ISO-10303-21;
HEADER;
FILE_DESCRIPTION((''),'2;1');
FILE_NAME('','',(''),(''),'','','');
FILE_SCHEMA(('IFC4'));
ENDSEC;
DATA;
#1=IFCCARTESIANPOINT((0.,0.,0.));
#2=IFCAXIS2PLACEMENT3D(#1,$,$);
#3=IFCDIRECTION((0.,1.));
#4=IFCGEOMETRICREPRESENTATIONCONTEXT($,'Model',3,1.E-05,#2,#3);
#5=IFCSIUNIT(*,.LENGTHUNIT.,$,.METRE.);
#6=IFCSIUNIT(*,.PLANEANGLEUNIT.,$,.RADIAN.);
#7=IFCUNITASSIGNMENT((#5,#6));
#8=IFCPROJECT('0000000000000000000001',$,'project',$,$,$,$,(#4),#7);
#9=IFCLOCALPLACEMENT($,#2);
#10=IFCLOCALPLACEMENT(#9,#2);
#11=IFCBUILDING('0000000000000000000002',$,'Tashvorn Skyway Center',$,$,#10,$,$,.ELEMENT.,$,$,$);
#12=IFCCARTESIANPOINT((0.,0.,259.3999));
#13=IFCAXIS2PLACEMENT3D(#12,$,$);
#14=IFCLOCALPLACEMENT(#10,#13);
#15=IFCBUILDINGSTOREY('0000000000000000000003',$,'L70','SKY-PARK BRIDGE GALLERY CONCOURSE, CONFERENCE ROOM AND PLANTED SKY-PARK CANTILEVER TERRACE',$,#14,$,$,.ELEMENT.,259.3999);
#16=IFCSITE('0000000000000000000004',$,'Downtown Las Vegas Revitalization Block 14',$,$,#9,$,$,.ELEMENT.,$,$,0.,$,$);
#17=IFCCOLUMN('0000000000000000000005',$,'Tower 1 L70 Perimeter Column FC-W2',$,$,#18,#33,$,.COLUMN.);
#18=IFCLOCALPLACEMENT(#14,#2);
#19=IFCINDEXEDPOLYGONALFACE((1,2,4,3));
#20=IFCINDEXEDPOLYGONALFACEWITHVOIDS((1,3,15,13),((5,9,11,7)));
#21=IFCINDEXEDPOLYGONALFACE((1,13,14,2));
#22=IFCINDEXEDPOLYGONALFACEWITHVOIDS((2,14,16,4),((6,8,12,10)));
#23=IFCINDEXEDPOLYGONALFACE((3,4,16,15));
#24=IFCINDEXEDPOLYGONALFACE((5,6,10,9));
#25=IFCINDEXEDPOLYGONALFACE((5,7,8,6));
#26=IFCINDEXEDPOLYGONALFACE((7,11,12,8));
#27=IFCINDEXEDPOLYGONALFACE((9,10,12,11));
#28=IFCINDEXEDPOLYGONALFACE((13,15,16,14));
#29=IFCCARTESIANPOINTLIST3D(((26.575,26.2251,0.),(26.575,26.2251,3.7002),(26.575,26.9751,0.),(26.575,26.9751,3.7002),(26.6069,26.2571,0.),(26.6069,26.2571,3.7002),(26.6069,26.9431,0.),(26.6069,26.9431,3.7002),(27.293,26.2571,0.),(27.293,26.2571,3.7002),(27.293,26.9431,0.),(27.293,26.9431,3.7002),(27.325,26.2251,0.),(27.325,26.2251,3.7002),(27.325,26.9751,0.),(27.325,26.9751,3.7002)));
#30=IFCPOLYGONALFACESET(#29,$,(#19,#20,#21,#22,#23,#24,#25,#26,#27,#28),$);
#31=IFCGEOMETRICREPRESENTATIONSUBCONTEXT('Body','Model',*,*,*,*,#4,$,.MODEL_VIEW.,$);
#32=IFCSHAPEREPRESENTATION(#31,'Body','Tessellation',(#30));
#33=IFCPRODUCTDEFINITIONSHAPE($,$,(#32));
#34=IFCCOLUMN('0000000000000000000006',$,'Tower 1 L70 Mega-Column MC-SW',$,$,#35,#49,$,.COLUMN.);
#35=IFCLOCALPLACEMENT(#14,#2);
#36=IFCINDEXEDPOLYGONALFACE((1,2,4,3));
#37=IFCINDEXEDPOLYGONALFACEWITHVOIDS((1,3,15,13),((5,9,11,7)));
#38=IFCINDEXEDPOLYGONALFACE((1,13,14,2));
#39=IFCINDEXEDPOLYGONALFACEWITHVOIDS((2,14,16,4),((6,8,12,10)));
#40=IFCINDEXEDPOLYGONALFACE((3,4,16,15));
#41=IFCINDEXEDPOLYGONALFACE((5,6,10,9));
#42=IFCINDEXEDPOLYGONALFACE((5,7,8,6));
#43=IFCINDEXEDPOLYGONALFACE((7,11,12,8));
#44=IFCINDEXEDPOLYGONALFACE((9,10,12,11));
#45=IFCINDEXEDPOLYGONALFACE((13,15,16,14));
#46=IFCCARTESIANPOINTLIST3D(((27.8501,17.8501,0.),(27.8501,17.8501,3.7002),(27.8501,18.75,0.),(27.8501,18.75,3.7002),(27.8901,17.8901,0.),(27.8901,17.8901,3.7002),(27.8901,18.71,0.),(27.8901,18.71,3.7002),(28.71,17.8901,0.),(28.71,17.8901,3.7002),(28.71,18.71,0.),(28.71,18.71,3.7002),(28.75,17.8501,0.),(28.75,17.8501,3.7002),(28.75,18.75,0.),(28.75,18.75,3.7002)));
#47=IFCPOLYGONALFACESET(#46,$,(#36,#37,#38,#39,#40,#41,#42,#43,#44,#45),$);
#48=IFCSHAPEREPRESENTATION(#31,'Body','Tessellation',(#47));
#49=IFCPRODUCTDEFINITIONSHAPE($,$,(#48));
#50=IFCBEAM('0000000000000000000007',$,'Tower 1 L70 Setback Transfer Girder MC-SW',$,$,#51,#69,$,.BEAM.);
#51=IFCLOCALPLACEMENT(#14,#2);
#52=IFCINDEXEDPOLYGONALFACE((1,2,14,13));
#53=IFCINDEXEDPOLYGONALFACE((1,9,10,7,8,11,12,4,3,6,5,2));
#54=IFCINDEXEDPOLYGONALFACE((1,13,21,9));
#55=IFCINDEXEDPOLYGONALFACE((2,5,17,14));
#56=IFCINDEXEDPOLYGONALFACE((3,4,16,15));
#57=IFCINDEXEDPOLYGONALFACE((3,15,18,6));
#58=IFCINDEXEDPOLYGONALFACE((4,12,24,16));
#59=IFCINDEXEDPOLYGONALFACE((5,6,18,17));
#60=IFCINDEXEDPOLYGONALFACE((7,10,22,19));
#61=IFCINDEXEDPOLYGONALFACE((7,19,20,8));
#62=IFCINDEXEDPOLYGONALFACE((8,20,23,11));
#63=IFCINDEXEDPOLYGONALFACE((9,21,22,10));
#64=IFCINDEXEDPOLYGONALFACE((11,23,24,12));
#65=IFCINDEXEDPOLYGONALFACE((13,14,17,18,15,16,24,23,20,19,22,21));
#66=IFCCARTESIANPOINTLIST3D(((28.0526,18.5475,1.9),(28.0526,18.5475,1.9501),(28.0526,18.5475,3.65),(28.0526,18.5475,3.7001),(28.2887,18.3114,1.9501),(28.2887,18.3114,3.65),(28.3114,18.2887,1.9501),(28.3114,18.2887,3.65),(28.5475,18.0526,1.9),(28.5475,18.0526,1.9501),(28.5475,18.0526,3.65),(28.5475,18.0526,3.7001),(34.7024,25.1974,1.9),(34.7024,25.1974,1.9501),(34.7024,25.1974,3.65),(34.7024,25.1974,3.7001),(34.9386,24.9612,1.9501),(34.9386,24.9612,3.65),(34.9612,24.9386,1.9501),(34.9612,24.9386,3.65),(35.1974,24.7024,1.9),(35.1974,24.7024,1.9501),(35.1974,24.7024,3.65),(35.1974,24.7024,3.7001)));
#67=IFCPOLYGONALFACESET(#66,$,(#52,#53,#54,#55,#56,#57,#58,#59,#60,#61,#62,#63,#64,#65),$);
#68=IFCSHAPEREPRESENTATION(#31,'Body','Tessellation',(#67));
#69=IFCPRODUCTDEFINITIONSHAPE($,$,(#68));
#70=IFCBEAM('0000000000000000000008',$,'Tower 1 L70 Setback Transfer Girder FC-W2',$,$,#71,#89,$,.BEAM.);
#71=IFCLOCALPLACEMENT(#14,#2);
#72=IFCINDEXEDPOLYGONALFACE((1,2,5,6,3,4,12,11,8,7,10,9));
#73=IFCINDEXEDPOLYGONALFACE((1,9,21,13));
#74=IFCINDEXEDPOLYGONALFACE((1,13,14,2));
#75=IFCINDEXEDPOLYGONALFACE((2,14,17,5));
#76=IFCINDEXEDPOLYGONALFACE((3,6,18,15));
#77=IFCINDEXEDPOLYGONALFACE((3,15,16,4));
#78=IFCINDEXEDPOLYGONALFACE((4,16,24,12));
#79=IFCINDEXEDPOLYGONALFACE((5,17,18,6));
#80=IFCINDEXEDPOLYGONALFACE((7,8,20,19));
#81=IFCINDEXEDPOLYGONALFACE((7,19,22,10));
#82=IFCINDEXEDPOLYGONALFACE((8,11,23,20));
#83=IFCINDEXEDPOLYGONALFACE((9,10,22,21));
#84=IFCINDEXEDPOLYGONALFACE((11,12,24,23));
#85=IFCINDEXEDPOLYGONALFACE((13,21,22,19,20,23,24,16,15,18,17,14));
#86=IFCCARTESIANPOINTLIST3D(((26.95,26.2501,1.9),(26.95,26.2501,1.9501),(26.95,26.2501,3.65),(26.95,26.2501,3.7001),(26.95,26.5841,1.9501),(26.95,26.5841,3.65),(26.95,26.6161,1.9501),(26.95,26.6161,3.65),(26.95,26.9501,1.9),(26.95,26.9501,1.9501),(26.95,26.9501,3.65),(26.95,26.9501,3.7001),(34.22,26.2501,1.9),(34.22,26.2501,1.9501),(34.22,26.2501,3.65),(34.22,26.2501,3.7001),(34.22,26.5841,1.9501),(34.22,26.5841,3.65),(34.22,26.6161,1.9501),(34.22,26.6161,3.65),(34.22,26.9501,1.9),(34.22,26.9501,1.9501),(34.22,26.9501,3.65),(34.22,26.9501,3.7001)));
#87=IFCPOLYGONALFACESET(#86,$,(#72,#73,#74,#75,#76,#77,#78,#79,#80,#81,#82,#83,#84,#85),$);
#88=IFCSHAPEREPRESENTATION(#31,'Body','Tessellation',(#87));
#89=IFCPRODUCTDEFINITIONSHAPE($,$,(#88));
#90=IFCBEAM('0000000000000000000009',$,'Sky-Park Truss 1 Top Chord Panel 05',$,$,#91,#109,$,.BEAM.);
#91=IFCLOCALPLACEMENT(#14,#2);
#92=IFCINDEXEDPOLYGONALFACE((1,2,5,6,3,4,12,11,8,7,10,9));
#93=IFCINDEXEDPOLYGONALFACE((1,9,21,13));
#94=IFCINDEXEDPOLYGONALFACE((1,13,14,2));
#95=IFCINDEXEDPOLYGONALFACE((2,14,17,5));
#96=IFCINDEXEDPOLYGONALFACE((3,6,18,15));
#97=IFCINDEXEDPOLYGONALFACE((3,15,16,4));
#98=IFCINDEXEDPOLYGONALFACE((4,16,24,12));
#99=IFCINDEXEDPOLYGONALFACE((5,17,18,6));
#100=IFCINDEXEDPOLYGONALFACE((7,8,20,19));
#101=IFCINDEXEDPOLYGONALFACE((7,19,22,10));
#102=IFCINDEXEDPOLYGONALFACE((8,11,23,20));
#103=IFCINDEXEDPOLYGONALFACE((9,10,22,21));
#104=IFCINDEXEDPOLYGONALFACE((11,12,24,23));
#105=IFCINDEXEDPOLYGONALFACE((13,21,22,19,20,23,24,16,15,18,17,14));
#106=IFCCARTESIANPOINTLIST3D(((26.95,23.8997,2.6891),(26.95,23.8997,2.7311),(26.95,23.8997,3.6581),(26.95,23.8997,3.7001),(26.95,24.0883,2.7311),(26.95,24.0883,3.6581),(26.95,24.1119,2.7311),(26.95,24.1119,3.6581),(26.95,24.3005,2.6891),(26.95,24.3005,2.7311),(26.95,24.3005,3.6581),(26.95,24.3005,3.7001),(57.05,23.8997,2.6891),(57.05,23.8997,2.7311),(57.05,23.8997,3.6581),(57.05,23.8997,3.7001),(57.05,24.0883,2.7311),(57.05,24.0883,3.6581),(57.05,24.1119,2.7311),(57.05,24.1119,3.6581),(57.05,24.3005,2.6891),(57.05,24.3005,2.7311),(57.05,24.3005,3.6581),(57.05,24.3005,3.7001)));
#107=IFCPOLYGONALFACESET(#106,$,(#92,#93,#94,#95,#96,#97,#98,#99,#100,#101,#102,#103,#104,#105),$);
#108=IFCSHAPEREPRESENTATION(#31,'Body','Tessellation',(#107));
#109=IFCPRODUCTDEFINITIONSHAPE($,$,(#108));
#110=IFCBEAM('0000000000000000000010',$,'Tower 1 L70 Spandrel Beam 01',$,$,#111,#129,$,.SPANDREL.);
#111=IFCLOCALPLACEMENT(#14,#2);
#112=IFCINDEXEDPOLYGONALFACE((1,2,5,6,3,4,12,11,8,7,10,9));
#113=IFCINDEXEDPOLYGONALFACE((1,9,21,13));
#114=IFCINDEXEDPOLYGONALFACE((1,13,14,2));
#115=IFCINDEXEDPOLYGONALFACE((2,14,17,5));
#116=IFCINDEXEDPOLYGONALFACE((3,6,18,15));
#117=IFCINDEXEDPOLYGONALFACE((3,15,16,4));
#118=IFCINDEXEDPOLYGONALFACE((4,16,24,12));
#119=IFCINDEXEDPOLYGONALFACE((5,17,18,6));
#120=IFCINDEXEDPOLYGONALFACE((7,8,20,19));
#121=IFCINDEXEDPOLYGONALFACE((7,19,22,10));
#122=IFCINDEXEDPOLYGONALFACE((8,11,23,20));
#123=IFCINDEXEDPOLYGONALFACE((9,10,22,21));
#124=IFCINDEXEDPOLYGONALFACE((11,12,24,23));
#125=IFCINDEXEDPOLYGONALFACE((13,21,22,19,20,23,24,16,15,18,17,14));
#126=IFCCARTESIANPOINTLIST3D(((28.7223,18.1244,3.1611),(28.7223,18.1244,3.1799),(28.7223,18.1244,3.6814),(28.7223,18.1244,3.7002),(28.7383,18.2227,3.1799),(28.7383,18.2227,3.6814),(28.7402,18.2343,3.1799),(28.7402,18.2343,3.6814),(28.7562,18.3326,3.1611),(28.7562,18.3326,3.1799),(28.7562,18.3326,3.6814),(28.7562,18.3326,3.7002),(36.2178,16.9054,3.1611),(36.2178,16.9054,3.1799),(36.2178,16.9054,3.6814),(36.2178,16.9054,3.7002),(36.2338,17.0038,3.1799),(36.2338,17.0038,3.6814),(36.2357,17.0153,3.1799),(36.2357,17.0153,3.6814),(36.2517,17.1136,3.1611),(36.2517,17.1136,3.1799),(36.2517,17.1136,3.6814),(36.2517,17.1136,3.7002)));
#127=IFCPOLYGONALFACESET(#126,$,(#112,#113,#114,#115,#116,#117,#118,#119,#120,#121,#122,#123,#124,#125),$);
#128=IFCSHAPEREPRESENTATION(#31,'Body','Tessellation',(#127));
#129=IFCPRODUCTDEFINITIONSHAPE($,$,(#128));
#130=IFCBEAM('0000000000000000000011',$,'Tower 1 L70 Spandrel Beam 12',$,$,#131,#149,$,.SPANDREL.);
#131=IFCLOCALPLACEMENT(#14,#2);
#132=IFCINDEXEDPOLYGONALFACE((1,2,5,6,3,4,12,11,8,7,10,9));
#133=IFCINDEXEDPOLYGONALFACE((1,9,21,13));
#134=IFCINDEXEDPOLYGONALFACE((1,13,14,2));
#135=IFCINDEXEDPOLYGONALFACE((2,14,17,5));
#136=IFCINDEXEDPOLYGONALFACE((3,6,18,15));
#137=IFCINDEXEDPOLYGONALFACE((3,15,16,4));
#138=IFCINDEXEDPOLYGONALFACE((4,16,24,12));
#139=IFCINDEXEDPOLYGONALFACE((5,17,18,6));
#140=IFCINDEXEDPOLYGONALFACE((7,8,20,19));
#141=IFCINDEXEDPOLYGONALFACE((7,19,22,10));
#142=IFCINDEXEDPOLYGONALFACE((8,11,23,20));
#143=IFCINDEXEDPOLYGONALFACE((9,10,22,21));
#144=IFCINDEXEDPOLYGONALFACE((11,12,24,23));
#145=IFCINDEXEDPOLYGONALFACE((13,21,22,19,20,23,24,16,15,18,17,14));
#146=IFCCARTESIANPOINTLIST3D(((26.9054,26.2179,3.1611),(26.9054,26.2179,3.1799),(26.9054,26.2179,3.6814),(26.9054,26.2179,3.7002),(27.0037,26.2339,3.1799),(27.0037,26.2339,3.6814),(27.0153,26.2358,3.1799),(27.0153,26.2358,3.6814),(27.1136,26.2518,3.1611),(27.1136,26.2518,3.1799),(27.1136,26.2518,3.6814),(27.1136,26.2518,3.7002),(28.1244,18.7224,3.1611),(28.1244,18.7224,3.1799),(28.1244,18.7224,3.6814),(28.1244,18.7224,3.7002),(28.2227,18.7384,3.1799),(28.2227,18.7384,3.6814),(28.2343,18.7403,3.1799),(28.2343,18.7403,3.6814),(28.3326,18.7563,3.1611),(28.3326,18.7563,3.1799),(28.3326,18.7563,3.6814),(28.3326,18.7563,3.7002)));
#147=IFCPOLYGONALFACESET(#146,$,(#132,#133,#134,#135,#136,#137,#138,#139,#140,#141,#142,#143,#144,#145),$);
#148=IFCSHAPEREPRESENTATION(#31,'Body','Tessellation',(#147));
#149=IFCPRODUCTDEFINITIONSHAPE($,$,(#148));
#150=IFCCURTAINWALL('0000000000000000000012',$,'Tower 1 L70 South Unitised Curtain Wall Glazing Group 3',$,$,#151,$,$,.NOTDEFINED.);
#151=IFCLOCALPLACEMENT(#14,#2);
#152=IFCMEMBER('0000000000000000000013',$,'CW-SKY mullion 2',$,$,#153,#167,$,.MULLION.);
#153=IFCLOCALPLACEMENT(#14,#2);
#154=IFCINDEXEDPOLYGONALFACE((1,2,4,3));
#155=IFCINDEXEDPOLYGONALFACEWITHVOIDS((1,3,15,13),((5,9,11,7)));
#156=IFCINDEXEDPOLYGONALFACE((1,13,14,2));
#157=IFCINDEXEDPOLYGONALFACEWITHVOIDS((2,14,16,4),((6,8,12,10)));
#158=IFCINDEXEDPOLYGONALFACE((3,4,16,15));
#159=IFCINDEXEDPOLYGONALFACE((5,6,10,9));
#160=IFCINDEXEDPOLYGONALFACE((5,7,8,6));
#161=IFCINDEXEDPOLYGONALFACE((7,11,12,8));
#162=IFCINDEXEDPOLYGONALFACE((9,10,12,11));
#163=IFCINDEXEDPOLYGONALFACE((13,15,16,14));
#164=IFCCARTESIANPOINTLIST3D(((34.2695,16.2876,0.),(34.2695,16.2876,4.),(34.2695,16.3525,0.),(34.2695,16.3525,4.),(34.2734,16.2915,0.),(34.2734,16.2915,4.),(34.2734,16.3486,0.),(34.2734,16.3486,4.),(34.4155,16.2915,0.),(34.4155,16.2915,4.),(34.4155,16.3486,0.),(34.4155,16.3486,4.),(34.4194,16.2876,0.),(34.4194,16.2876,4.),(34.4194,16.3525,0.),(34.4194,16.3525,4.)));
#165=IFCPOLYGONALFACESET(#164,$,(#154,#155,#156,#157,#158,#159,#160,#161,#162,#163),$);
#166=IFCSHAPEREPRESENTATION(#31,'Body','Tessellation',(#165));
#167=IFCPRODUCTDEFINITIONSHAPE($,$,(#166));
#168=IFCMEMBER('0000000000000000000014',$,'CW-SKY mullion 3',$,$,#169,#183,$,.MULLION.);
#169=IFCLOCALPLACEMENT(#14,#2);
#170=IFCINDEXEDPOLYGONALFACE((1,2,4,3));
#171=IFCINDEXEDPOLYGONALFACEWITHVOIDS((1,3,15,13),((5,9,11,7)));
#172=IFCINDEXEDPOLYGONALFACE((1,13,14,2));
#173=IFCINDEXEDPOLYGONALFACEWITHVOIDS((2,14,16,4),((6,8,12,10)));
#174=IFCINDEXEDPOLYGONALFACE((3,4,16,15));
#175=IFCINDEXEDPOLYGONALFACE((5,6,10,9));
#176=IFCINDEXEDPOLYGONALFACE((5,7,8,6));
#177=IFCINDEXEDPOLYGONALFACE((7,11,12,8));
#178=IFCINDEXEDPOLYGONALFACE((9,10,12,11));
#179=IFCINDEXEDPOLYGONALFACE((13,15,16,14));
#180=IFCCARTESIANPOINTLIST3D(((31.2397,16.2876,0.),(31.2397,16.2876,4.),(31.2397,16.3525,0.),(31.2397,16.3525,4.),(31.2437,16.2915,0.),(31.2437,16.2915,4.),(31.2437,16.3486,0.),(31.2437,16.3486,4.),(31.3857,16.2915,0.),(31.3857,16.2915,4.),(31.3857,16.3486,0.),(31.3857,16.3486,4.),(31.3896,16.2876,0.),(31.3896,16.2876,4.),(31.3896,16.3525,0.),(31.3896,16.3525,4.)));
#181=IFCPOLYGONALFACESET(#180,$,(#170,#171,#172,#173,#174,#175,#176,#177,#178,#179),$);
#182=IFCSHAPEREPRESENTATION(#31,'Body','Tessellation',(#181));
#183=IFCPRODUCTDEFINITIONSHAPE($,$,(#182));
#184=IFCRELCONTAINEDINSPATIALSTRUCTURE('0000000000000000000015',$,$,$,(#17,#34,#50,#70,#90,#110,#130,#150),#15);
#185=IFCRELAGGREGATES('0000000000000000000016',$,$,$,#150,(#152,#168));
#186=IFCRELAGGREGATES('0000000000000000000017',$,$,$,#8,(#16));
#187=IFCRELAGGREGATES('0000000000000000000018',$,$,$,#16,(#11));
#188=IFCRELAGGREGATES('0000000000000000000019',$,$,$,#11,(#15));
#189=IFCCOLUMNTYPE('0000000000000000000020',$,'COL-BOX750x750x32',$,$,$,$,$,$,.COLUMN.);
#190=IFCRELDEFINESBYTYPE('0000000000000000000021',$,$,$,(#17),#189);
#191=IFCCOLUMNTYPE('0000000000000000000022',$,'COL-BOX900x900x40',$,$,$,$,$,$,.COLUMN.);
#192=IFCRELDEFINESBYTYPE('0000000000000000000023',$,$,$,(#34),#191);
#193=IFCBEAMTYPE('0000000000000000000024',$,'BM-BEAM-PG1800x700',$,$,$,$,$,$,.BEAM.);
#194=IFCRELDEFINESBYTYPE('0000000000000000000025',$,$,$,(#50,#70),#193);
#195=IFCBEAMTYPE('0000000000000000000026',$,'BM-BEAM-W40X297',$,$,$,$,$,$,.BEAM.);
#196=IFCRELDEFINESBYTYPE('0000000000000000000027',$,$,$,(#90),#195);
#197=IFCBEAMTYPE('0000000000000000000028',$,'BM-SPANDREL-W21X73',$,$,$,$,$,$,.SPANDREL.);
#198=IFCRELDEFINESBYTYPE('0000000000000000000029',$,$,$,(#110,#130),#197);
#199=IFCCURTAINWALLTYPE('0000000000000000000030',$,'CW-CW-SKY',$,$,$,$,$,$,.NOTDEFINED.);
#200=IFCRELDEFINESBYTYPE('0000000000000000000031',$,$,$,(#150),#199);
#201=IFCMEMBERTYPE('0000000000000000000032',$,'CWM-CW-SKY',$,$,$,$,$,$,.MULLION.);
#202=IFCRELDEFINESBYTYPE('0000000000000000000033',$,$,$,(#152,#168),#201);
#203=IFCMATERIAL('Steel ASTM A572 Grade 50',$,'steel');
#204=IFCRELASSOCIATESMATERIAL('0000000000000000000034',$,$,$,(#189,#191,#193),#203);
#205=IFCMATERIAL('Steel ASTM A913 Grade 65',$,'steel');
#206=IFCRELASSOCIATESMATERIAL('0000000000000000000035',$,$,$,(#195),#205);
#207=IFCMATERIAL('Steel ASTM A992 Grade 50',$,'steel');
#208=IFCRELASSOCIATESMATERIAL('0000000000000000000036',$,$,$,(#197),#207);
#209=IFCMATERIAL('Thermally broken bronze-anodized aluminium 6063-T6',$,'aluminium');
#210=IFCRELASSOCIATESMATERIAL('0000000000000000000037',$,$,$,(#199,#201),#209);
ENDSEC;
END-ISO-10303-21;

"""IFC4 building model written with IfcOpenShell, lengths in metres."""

from ifc_helpers import new_model, si_unit, direction, frame, origin, origin_2d, place, context, subcontext, project, spatial, hollow_rectangle, i_section, extrude, material, material_profile, profile_set, type_object, element, aggregate, save


model = new_model("IFC4")

# Units and contexts
model_context = context("Model", 3, precision=1e-05, world=origin(), true_north=direction((0.0, 1.0)))
body_context = subcontext(model_context, "Body", "Model", "MODEL_VIEW")
ifc_project = project(units=[si_unit("LENGTHUNIT", "METRE"), si_unit("PLANEANGLEUNIT", "RADIAN")], contexts=[model_context])

# Site, building, storey
site_placement = place(None, origin())
site = spatial("IfcSite", under=ifc_project, at=site_placement, Name="Downtown Las Vegas Revitalization Block 14", CompositionType="ELEMENT", RefElevation=0.0)
building_placement = place(site_placement, origin())
building = spatial("IfcBuilding", under=site, at=building_placement, Name="Tashvorn Skyway Center", CompositionType="ELEMENT")
storey_placement = place(building_placement, frame((0.0, 0.0, 259.3999)))
storey = spatial("IfcBuildingStorey", under=building, at=storey_placement, Name="L70", Description="SKY-PARK BRIDGE GALLERY CONCOURSE, CONFERENCE ROOM AND PLANTED SKY-PARK CANTILEVER TERRACE", CompositionType="ELEMENT", Elevation=259.3999)

# Columns
ifc_material_1 = material(Name="Steel ASTM A572 Grade 50", Category="steel")
ifc_material_profile_1 = material_profile(ifc_material_1, hollow_rectangle(XDim=0.75, YDim=0.75, WallThickness=0.032, at=origin_2d()), Name="BOX750x750x32")
ifc_profile_set_1 = profile_set([ifc_material_profile_1], Name="Steel ASTM A572 Grade 50")
column_type_1 = type_object("IfcColumnType", Name="COL-BOX750x750x32", PredefinedType="COLUMN", material=ifc_profile_set_1)
column_1_placement = place(storey_placement, frame((26.95, 26.6001, 0.0), z_axis=(0.0, 0.0, 1.0), x_axis=(1.0, 0.0, 0.0)))
element("IfcColumn", 1, at=column_1_placement, inside=storey, type_object=column_type_1, Name="Tower 1 L70 Perimeter Column FC-W2", PredefinedType="COLUMN", context=body_context, shape_type="SweptSolid", body=[
    extrude(hollow_rectangle(XDim=0.75, YDim=0.75, WallThickness=0.032, at=origin_2d()), origin(), (0.0, 0.0, 1.0), 3.7002),
])
ifc_material_profile_2 = material_profile(ifc_material_1, hollow_rectangle(XDim=0.8999, YDim=0.8999, WallThickness=0.04, at=origin_2d()), Name="BOX900x900x40")
ifc_profile_set_2 = profile_set([ifc_material_profile_2], Name="Steel ASTM A572 Grade 50")
column_type_2 = type_object("IfcColumnType", Name="COL-BOX900x900x40", PredefinedType="COLUMN", material=ifc_profile_set_2)
column_2_placement = place(storey_placement, frame((28.3, 18.3, 0.0), z_axis=(0.0, 0.0, 1.0), x_axis=(1.0, 0.0, 0.0)))
element("IfcColumn", 2, at=column_2_placement, inside=storey, type_object=column_type_2, Name="Tower 1 L70 Mega-Column MC-SW", PredefinedType="COLUMN", context=body_context, shape_type="SweptSolid", body=[
    extrude(hollow_rectangle(XDim=0.8999, YDim=0.8999, WallThickness=0.04, at=origin_2d()), origin(), (0.0, 0.0, 1.0), 3.7002),
])

# Beams
ifc_material_profile_3 = material_profile(ifc_material_1, i_section(OverallWidth=0.7, OverallDepth=1.8, WebThickness=0.032, FlangeThickness=0.05, at=origin_2d()), Name="PG1800x700")
ifc_profile_set_3 = profile_set([ifc_material_profile_3], Name="Steel ASTM A572 Grade 50")
beam_type_1 = type_object("IfcBeamType", Name="BM-BEAM-PG1800x700", PredefinedType="BEAM", material=ifc_profile_set_3)
beam_1_placement = place(storey_placement, frame((28.3, 18.3, 2.8), z_axis=(0.707107, 0.707107, 0.0), x_axis=(-0.707107, 0.707107, 0.0)))
element("IfcBeam", 3, at=beam_1_placement, inside=storey, type_object=beam_type_1, Name="Tower 1 L70 Setback Transfer Girder MC-SW", PredefinedType="BEAM", context=body_context, shape_type="SweptSolid", body=[
    extrude(i_section(OverallWidth=0.7, OverallDepth=1.8, WebThickness=0.032, FlangeThickness=0.05, at=origin_2d()), origin(), (0.0, 0.0, 1.0), 9.4043),
])
beam_2_placement = place(storey_placement, frame((26.95, 26.6001, 2.8), z_axis=(1.0, 0.0, 0.0), x_axis=(0.0, 1.0, 0.0)))
element("IfcBeam", 4, at=beam_2_placement, inside=storey, type_object=beam_type_1, Name="Tower 1 L70 Setback Transfer Girder FC-W2", PredefinedType="BEAM", context=body_context, shape_type="SweptSolid", body=[
    extrude(i_section(OverallWidth=0.7, OverallDepth=1.8, WebThickness=0.032, FlangeThickness=0.05, at=origin_2d()), origin(), (0.0, 0.0, 1.0), 7.27),
])
ifc_material_2 = material(Name="Steel ASTM A913 Grade 65", Category="steel")
ifc_material_profile_4 = material_profile(ifc_material_2, i_section(OverallWidth=0.4009, OverallDepth=1.011, WebThickness=0.0237, FlangeThickness=0.042, at=origin_2d()), Name="W40X297")
ifc_profile_set_4 = profile_set([ifc_material_profile_4], Name="Steel ASTM A913 Grade 65")
beam_type_2 = type_object("IfcBeamType", Name="BM-BEAM-W40X297", PredefinedType="BEAM", material=ifc_profile_set_4)
beam_3_placement = place(storey_placement, frame((26.95, 24.1001, 3.1946), z_axis=(1.0, 0.0, 0.0), x_axis=(0.0, 1.0, 0.0)))
element("IfcBeam", 5, at=beam_3_placement, inside=storey, type_object=beam_type_2, Name="Sky-Park Truss 1 Top Chord Panel 05", PredefinedType="BEAM", context=body_context, shape_type="SweptSolid", body=[
    extrude(i_section(OverallWidth=0.4009, OverallDepth=1.011, WebThickness=0.0237, FlangeThickness=0.042, at=origin_2d()), origin(), (0.0, 0.0, 1.0), 30.1001),
])
ifc_material_3 = material(Name="Steel ASTM A992 Grade 50", Category="steel")
ifc_material_profile_5 = material_profile(ifc_material_3, i_section(OverallWidth=0.2109, OverallDepth=0.5391, WebThickness=0.0117, FlangeThickness=0.0188, at=origin_2d()), Name="W21X73")
ifc_profile_set_5 = profile_set([ifc_material_profile_5], Name="Steel ASTM A992 Grade 50")
beam_type_3 = type_object("IfcBeamType", Name="BM-SPANDREL-W21X73", PredefinedType="SPANDREL", material=ifc_profile_set_5)
for number, where, z_axis, x_axis, name in (
    (6, (28.7393, 18.2285, 3.4307), (0.987033, -0.160519, 0.0), (0.160519, 0.987033, 0.0), "Tower 1 L70 Spandrel Beam 01"),
    (7, (27.0095, 26.2349, 3.4307), (0.160519, -0.987033, 0.0), (0.987033, 0.160519, 0.0), "Tower 1 L70 Spandrel Beam 12"),
):
    element("IfcBeam", number, at=place(storey_placement, frame(where, z_axis=z_axis, x_axis=x_axis)), inside=storey, type_object=beam_type_3, Name=name, PredefinedType="SPANDREL", context=body_context, shape_type="SweptSolid", body=[
        extrude(i_section(OverallWidth=0.2109, OverallDepth=0.5391, WebThickness=0.0117, FlangeThickness=0.0188, at=origin_2d()), origin(), (0.0, 0.0, 1.0), 7.594),
    ])

# Curtain wall, members
ifc_material_4 = material(Name="Thermally broken bronze-anodized aluminium 6063-T6", Category="aluminium")
curtain_wall_type = type_object("IfcCurtainWallType", Name="CW-CW-SKY", PredefinedType="NOTDEFINED", material=ifc_material_4)
curtain_wall_1_placement = place(storey_placement, origin())
curtain_wall_1 = element("IfcCurtainWall", 8, at=curtain_wall_1_placement, inside=storey, type_object=curtain_wall_type, Name="Tower 1 L70 South Unitised Curtain Wall Glazing Group 3", PredefinedType="NOTDEFINED")
ifc_material_profile_6 = material_profile(ifc_material_4, hollow_rectangle(XDim=0.0649, YDim=0.1499, WallThickness=0.0039, at=origin_2d()), Name="ALU-MULL-65x150")
ifc_profile_set_6 = profile_set([ifc_material_profile_6], Name="Thermally broken bronze-anodized aluminium 6063-T6")
member_type_1 = type_object("IfcMemberType", Name="CWM-CW-SKY", PredefinedType="MULLION", material=ifc_profile_set_6)
member_1_placement = place(storey_placement, frame((34.3445, 16.3201, 0.0), z_axis=(0.0, 0.0, 1.0), x_axis=(0.0, -1.0, 0.0)))
member_1 = element("IfcMember", 9, at=member_1_placement, type_object=member_type_1, Name="CW-SKY mullion 2", PredefinedType="MULLION", context=body_context, shape_type="SweptSolid", body=[
    extrude(hollow_rectangle(XDim=0.0649, YDim=0.1499, WallThickness=0.0039, at=origin_2d()), origin(), (0.0, 0.0, 1.0), 4.0),
])
member_2_placement = place(storey_placement, frame((31.3147, 16.3201, 0.0), z_axis=(0.0, 0.0, 1.0), x_axis=(0.0, -1.0, 0.0)))
member_2 = element("IfcMember", 10, at=member_2_placement, type_object=member_type_1, Name="CW-SKY mullion 3", PredefinedType="MULLION", context=body_context, shape_type="SweptSolid", body=[
    extrude(hollow_rectangle(XDim=0.0649, YDim=0.1499, WallThickness=0.0039, at=origin_2d()), origin(), (0.0, 0.0, 1.0), 4.0),
])

aggregate(curtain_wall_1, [member_1, member_2])

save(model, "model.ifc")
